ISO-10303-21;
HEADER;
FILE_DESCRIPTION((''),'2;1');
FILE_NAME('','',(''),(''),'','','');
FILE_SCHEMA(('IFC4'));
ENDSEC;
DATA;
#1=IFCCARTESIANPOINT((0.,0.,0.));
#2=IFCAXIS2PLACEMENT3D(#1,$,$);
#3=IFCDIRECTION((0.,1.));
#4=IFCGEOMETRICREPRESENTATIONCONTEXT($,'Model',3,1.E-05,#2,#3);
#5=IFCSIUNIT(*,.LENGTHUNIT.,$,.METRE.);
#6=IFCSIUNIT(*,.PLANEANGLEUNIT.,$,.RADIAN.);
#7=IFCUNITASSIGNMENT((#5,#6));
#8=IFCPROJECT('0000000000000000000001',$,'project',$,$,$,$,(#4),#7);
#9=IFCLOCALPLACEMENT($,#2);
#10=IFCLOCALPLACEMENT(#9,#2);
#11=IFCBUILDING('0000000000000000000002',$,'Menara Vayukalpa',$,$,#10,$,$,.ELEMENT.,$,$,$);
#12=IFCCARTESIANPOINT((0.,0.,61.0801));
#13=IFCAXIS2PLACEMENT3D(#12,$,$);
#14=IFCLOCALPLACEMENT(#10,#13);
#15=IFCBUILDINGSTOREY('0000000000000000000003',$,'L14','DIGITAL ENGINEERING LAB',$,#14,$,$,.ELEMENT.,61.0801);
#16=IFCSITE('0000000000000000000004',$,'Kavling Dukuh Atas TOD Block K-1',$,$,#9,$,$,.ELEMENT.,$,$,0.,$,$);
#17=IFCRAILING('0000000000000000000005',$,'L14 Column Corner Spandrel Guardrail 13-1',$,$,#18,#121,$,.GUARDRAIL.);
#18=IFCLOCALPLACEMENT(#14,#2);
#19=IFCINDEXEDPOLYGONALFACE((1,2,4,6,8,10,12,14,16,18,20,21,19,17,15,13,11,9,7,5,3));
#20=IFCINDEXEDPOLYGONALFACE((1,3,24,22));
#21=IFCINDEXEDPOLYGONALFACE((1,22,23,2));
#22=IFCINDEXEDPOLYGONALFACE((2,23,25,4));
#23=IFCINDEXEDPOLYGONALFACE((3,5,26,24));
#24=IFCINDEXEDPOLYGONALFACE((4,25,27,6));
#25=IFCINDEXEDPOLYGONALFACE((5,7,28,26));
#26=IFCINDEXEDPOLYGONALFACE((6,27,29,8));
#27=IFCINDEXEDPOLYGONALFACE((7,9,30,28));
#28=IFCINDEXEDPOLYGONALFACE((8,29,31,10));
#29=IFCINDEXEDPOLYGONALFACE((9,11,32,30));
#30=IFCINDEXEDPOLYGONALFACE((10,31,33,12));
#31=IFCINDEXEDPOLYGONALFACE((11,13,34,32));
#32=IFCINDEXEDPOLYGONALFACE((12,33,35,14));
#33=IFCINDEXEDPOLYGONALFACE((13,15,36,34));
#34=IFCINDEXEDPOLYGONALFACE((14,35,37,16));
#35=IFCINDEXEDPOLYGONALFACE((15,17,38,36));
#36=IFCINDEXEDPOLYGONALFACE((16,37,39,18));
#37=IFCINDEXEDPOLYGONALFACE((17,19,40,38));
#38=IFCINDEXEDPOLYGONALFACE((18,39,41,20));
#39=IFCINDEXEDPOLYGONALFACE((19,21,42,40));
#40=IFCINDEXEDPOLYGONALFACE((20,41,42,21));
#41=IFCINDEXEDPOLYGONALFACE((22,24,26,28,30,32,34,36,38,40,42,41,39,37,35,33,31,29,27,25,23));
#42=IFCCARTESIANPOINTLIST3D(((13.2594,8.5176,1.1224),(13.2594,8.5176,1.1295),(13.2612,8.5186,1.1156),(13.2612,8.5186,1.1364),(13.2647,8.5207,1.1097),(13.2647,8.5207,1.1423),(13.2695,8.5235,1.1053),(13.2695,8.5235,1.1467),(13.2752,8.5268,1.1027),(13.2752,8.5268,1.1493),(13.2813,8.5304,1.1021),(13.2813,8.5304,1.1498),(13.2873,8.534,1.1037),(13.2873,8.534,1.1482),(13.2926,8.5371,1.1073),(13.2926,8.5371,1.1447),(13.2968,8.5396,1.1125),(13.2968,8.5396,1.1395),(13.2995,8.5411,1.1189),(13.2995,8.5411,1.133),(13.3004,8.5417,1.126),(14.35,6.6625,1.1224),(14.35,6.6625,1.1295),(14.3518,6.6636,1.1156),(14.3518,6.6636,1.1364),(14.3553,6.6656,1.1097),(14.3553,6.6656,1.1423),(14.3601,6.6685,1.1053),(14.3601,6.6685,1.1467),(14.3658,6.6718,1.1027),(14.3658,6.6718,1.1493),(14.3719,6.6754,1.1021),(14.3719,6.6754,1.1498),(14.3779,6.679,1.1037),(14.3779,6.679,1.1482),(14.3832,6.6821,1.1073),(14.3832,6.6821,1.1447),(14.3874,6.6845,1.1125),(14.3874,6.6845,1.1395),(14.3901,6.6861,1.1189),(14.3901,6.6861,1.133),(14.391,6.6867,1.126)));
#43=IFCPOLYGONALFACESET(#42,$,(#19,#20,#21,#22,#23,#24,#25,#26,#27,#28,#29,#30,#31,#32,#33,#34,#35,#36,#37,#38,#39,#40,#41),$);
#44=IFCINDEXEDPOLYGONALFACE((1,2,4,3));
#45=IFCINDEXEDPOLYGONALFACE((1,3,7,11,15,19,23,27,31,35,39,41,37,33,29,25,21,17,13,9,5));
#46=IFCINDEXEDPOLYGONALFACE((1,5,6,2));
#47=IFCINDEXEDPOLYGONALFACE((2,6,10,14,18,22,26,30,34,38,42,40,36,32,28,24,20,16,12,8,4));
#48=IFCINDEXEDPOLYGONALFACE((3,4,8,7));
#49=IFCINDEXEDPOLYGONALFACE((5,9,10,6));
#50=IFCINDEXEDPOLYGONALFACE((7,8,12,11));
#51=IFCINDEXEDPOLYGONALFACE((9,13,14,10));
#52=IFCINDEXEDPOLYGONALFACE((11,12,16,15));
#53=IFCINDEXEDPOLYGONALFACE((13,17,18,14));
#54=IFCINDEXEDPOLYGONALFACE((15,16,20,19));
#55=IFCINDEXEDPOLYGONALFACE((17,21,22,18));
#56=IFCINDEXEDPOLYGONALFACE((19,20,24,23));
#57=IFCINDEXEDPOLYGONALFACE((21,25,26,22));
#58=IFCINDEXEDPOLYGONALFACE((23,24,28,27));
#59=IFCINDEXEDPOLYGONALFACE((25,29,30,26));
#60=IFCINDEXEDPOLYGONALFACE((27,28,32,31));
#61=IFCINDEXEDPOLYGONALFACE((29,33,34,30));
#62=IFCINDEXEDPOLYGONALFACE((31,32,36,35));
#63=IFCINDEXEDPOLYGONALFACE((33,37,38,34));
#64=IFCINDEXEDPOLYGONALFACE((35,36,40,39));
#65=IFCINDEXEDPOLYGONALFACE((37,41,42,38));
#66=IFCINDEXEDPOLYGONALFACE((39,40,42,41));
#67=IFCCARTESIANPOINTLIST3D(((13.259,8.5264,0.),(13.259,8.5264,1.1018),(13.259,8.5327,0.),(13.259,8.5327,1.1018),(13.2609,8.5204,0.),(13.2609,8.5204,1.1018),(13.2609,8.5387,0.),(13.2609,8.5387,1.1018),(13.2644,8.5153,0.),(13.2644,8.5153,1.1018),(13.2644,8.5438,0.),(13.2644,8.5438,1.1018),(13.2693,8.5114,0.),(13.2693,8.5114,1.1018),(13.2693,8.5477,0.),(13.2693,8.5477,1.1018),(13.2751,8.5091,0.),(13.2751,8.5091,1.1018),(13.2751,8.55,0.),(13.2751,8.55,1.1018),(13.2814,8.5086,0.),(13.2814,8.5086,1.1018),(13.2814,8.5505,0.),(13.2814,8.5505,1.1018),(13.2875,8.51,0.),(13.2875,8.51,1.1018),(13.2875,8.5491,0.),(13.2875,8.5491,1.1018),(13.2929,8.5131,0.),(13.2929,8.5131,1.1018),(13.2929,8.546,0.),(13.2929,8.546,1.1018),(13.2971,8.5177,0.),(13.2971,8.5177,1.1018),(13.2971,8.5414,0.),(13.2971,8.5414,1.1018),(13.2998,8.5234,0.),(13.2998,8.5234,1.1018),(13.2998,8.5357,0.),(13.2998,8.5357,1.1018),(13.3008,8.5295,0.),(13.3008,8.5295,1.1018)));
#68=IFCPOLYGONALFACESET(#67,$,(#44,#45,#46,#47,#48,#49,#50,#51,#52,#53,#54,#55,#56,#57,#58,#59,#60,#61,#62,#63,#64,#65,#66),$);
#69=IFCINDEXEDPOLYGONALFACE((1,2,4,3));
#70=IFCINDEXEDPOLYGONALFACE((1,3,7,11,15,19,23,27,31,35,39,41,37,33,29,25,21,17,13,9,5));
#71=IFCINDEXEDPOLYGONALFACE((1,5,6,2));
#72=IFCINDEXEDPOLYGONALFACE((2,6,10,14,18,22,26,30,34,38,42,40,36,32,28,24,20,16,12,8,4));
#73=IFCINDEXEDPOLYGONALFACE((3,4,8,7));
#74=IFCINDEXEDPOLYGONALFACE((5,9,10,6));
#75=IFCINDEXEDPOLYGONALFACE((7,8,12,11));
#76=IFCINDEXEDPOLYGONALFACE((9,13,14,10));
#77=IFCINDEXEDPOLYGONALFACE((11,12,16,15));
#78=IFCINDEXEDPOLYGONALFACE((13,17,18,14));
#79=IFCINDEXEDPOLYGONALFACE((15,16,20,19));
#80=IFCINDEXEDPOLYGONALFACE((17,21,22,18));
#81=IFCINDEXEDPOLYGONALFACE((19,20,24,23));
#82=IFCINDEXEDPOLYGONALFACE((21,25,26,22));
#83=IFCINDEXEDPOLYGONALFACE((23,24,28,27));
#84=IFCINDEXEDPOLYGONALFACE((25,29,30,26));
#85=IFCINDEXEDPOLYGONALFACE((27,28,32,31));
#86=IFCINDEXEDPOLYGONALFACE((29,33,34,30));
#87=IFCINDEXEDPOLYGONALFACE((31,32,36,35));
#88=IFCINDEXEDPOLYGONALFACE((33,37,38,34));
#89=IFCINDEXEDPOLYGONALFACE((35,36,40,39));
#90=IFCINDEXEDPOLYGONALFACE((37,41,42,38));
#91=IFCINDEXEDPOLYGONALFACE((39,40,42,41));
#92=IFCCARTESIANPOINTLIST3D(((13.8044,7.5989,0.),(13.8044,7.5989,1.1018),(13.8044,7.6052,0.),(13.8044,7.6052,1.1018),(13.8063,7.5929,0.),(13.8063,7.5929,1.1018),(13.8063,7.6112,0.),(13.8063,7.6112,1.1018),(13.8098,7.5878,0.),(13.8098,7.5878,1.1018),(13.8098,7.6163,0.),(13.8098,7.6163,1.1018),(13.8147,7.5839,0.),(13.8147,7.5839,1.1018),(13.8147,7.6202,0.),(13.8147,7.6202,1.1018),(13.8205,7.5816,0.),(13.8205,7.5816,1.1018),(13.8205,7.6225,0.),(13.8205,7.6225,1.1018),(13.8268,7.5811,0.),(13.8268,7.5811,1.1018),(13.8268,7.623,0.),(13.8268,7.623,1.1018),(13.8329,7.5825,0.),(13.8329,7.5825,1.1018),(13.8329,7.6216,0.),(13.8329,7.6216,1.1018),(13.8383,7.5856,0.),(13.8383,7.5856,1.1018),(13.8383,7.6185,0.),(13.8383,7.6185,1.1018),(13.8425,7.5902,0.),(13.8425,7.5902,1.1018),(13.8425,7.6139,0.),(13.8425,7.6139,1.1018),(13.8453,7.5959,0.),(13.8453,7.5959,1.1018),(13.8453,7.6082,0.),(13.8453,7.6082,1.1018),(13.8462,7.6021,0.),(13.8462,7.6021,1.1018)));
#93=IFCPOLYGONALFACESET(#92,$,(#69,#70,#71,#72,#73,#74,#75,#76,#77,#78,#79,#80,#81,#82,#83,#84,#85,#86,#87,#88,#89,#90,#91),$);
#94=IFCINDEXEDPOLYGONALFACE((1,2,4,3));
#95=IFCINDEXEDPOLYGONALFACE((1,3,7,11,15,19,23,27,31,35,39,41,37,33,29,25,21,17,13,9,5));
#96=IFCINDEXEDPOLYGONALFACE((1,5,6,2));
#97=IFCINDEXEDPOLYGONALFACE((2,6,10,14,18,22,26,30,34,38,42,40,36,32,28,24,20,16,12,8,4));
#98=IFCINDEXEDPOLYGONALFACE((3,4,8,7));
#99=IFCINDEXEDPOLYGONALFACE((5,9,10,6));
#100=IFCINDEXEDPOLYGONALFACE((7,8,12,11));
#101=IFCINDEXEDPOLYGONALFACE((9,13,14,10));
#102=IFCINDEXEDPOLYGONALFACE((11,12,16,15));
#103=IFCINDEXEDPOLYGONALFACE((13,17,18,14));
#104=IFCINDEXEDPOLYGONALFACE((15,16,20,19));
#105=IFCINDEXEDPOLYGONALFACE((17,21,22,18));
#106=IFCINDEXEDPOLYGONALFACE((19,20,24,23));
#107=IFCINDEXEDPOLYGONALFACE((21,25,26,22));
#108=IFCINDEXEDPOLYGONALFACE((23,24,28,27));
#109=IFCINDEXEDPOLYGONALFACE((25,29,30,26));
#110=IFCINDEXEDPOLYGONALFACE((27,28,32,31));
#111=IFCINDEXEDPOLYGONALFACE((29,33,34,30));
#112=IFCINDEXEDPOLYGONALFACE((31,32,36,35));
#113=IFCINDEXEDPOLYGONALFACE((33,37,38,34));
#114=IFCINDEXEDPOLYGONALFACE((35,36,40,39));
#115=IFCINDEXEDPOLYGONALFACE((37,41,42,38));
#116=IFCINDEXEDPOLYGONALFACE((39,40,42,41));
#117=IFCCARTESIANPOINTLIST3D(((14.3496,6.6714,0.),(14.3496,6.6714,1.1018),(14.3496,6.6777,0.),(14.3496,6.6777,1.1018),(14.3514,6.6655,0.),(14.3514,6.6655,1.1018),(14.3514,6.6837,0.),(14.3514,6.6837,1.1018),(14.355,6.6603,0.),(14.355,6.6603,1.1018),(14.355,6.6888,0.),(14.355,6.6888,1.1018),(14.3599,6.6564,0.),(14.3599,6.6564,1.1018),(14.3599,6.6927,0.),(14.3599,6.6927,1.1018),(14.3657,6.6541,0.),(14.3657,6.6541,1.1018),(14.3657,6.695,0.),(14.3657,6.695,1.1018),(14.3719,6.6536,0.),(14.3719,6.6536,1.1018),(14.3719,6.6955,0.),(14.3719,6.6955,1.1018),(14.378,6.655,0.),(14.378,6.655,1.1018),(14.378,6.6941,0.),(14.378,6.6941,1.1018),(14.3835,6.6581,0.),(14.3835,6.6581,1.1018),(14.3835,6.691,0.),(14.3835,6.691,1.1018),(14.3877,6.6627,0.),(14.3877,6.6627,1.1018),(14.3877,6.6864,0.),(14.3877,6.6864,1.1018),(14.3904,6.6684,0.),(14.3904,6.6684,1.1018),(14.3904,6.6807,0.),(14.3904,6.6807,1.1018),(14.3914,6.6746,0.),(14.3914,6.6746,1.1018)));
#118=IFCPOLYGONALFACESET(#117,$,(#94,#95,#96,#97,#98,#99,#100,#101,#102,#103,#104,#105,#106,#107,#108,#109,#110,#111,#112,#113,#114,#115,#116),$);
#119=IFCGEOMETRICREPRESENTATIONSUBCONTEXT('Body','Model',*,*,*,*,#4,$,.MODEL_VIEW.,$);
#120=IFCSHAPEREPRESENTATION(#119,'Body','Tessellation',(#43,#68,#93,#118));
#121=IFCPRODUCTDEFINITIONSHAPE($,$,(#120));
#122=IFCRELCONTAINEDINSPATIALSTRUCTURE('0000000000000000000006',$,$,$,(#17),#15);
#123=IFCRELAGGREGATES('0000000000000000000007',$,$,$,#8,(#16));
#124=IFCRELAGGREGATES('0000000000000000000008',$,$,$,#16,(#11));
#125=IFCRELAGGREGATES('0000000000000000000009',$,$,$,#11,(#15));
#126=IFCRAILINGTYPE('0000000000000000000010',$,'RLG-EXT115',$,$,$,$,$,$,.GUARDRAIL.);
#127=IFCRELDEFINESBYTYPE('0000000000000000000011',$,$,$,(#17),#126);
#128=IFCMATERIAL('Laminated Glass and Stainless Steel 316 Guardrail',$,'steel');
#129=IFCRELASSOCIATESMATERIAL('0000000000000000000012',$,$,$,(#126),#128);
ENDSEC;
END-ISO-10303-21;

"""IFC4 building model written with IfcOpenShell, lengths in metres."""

from ifc_helpers import new_model, si_unit, direction, frame, origin, origin_2d, place, context, subcontext, project, spatial, circle, extrude, material, type_object, element, save


model = new_model("IFC4")

# Units and contexts
model_context = context("Model", 3, precision=1e-05, world=origin(), true_north=direction((0.0, 1.0)))
body_context = subcontext(model_context, "Body", "Model", "MODEL_VIEW")
ifc_project = project(units=[si_unit("LENGTHUNIT", "METRE"), si_unit("PLANEANGLEUNIT", "RADIAN")], contexts=[model_context])

# Site, building, storey
site_placement = place(None, origin())
site = spatial("IfcSite", under=ifc_project, at=site_placement, Name="Kavling Dukuh Atas TOD Block K-1", CompositionType="ELEMENT", RefElevation=0.0)
building_placement = place(site_placement, origin())
building = spatial("IfcBuilding", under=site, at=building_placement, Name="Menara Vayukalpa", CompositionType="ELEMENT")
storey_placement = place(building_placement, frame((0.0, 0.0, 61.0801)))
storey = spatial("IfcBuildingStorey", under=building, at=storey_placement, Name="L14", Description="DIGITAL ENGINEERING LAB", CompositionType="ELEMENT", Elevation=61.0801)

# Railing
ifc_material_1 = material(Name="Laminated Glass and Stainless Steel 316 Guardrail", Category="steel")
railing_type = type_object("IfcRailingType", Name="RLG-EXT115", PredefinedType="GUARDRAIL", material=ifc_material_1)
railing_1_placement = place(storey_placement, frame((13.2798, 8.5295, 0.0)))
element("IfcRailing", 1, at=railing_1_placement, inside=storey, type_object=railing_type, Name="L14 Column Corner Spandrel Guardrail 13-1", PredefinedType="GUARDRAIL", context=body_context, shape_type="SweptSolid", body=[
    extrude(circle(Radius=0.0239, at=origin_2d()), frame((0.0, 0.0, 1.126), z_axis=(0.506817, -0.862054, 0.0), x_axis=(0.862054, 0.506817, 0.0)), (0.0, 0.0, 1.0), 2.1519),
    extrude(circle(Radius=0.021, at=origin_2d()), origin(), (0.0, 0.0, 1.0), 1.1018),
    extrude(circle(Radius=0.021, at=origin_2d()), frame((0.5454, -0.9275, 0.0)), (0.0, 0.0, 1.0), 1.1018),
    extrude(circle(Radius=0.021, at=origin_2d()), frame((1.0906, -1.855, 0.0)), (0.0, 0.0, 1.0), 1.1018),
])

save(model, "model.ifc")
